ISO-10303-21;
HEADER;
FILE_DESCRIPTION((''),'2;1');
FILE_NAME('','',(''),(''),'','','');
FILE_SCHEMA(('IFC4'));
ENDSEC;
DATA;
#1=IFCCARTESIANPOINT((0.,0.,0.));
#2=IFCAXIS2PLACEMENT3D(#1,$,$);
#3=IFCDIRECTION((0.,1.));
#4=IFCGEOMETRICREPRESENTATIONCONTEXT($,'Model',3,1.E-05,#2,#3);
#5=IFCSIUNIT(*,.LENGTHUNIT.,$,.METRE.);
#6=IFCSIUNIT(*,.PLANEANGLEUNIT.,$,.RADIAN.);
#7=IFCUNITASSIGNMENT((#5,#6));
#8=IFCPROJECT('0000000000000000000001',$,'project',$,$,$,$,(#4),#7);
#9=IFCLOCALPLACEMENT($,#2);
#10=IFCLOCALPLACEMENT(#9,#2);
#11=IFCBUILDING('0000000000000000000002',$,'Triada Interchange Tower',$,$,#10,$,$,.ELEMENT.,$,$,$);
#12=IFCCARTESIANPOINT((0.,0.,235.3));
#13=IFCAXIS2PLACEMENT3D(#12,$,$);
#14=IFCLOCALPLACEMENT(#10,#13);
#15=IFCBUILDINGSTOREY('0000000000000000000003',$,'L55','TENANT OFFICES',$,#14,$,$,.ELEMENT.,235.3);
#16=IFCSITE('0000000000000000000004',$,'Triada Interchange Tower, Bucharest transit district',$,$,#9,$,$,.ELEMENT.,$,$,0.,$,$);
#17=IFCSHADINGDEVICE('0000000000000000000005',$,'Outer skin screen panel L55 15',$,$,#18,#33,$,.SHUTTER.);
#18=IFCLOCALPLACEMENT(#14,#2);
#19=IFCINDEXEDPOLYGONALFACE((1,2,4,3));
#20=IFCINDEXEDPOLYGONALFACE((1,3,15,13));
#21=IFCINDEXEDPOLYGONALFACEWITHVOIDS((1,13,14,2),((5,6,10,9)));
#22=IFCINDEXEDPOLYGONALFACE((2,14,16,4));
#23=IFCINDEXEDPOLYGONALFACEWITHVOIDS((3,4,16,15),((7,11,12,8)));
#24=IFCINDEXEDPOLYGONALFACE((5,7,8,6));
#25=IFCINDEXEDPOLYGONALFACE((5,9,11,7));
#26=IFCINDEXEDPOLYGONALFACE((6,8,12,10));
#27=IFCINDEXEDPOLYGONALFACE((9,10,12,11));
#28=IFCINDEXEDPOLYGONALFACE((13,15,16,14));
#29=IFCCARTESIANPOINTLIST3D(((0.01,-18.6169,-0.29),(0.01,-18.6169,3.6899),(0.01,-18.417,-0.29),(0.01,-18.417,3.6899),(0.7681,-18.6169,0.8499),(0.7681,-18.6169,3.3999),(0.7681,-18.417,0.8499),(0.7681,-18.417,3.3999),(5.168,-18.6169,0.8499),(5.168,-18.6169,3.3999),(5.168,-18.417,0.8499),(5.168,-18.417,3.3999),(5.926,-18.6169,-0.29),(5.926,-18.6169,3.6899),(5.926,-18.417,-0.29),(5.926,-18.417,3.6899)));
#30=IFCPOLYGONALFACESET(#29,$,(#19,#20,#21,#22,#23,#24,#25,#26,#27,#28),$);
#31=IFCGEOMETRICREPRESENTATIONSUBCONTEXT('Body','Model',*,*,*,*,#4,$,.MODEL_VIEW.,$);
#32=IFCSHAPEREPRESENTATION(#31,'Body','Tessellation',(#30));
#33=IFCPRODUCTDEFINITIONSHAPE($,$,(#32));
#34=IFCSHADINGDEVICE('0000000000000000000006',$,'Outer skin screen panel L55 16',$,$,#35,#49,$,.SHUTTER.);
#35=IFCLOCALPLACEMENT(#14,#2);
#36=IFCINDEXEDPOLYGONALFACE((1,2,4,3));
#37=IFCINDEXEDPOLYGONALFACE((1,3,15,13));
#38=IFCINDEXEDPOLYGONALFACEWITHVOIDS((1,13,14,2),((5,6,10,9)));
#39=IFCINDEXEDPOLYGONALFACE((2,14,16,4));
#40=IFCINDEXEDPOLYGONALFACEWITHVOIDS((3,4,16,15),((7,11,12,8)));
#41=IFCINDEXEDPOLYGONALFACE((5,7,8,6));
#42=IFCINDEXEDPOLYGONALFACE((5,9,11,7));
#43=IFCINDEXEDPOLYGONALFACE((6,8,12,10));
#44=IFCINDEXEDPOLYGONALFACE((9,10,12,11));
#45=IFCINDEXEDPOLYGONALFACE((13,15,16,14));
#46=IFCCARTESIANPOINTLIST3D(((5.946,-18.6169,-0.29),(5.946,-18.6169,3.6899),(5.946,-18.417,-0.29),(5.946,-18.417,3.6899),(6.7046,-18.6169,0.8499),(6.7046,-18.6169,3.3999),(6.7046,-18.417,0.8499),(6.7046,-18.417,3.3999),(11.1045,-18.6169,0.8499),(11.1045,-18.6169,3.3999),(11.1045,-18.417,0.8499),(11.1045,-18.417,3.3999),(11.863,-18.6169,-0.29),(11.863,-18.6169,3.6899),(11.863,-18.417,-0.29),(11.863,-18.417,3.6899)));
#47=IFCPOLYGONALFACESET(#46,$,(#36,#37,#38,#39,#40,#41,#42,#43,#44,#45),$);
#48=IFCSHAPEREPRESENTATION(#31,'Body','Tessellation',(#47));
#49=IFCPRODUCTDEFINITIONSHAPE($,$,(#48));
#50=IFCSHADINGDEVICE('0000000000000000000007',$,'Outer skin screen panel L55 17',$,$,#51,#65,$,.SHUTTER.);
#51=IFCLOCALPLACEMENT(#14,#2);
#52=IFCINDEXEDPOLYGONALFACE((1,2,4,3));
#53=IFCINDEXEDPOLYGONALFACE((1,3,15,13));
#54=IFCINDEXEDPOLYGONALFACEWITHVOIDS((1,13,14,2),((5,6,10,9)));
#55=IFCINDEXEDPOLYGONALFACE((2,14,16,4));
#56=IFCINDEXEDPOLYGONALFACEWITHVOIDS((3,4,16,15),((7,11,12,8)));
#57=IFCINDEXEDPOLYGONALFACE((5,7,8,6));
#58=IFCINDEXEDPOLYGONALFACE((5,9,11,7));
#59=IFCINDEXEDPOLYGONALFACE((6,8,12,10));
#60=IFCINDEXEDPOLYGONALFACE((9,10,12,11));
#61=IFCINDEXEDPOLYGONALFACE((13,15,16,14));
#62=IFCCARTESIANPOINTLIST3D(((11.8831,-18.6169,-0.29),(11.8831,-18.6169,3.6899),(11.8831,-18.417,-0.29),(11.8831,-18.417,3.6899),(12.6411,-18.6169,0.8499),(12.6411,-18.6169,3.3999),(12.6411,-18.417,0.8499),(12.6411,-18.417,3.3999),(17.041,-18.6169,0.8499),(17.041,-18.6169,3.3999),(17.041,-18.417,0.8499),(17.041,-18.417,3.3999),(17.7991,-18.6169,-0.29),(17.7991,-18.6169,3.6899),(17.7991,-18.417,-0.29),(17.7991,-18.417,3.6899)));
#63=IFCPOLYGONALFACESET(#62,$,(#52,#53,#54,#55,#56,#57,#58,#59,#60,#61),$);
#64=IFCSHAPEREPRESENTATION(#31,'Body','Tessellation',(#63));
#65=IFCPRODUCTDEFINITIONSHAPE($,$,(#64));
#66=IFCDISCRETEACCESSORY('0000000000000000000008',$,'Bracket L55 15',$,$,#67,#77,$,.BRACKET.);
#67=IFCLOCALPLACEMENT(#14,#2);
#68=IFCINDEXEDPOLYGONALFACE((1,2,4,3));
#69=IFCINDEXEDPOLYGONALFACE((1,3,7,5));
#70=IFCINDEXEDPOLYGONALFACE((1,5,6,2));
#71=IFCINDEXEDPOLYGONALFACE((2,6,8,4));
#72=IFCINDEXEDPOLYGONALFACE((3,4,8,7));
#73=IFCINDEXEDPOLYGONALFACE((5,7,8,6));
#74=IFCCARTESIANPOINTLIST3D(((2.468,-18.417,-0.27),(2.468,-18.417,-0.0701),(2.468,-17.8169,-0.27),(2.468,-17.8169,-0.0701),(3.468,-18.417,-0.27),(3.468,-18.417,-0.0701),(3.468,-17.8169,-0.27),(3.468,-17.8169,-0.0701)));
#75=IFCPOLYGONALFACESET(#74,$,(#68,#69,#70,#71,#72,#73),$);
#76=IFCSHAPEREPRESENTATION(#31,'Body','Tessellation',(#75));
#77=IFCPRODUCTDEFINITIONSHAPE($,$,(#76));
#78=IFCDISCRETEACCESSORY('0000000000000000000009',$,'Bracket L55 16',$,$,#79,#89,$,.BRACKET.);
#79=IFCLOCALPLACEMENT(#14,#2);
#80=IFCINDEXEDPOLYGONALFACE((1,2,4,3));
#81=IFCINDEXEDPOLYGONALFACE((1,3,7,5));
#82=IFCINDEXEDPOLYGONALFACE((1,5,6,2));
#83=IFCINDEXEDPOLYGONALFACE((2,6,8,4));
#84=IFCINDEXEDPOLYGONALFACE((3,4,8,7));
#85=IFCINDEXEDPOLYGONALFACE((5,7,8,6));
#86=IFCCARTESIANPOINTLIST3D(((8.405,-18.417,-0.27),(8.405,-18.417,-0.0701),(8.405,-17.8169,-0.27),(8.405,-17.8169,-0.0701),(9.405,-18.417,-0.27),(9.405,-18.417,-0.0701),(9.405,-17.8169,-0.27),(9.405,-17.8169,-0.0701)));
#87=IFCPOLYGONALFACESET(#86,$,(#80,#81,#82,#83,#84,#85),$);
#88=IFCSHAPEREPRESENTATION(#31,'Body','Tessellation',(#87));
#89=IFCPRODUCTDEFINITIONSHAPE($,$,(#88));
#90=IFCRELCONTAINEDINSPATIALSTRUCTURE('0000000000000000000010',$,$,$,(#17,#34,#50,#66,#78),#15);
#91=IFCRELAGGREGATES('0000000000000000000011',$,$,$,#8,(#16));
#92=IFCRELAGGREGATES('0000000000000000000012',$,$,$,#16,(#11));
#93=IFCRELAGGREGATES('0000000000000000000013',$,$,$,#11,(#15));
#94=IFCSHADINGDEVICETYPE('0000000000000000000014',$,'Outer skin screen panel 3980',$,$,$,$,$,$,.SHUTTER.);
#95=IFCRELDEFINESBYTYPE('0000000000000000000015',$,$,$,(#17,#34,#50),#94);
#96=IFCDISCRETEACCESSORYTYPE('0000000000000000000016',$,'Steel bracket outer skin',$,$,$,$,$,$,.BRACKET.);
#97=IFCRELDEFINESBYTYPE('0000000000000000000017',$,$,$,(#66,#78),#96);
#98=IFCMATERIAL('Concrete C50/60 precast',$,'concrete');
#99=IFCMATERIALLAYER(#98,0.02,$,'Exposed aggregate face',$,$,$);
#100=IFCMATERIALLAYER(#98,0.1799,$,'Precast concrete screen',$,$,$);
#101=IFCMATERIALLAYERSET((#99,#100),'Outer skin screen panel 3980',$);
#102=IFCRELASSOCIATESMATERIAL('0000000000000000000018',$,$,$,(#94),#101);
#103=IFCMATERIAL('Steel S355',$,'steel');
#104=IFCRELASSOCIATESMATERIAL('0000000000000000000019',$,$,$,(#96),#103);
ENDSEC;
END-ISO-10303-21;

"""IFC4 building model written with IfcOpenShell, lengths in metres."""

from ifc_helpers import new_model, si_unit, direction, frame, origin, origin_2d, place, context, subcontext, project, spatial, polyline, rectangle, outline, extrude, material, layer, layer_set, type_object, element, save


model = new_model("IFC4")

# Units and contexts
model_context = context("Model", 3, precision=1e-05, world=origin(), true_north=direction((0.0, 1.0)))
body_context = subcontext(model_context, "Body", "Model", "MODEL_VIEW")
ifc_project = project(units=[si_unit("LENGTHUNIT", "METRE"), si_unit("PLANEANGLEUNIT", "RADIAN")], contexts=[model_context])

# Site, building, storey
site_placement = place(None, origin())
site = spatial("IfcSite", under=ifc_project, at=site_placement, Name="Triada Interchange Tower, Bucharest transit district", CompositionType="ELEMENT", RefElevation=0.0)
building_placement = place(site_placement, origin())
building = spatial("IfcBuilding", under=site, at=building_placement, Name="Triada Interchange Tower", CompositionType="ELEMENT")
storey_placement = place(building_placement, frame((0.0, 0.0, 235.3)))
storey = spatial("IfcBuildingStorey", under=building, at=storey_placement, Name="L55", Description="TENANT OFFICES", CompositionType="ELEMENT", Elevation=235.3)

# Shading devices
ifc_material_1 = material(Name="Concrete C50/60 precast", Category="concrete")
ifc_layer_1 = layer(ifc_material_1, 0.02, Name="Exposed aggregate face")
ifc_layer_2 = layer(ifc_material_1, 0.1799, Name="Precast concrete screen")
ifc_layer_set_1 = layer_set([ifc_layer_1, ifc_layer_2], Name="Outer skin screen panel 3980")
shading_device_type = type_object("IfcShadingDeviceType", Name="Outer skin screen panel 3980", PredefinedType="SHUTTER", material=ifc_layer_set_1)
shading_device_1_placement = place(storey_placement, frame((0.01, -18.417, -0.29), z_axis=(0.0, 0.0, 1.0), x_axis=(1.0, 0.0, 0.0)))
element("IfcShadingDevice", 1, at=shading_device_1_placement, inside=storey, type_object=shading_device_type, Name="Outer skin screen panel L55 15", PredefinedType="SHUTTER", context=body_context, shape_type="SweptSolid", body=[
    extrude(outline(polyline([(0.0, 0.0), (5.916, 0.0), (5.916, 3.98), (0.0, 3.98), (0.0, 0.0)]), holes=[polyline([(0.7581, 1.1399), (0.7581, 3.6899), (5.158, 3.6899), (5.158, 1.1399), (0.7581, 1.1399)])]), frame((0.0, 0.0, 0.0), z_axis=(0.0, -1.0, 0.0), x_axis=(1.0, 0.0, 0.0)), (0.0, 0.0, 1.0), 0.2),
])
shading_device_2_placement = place(storey_placement, frame((5.946, -18.417, -0.29), z_axis=(0.0, 0.0, 1.0), x_axis=(1.0, 0.0, 0.0)))
element("IfcShadingDevice", 2, at=shading_device_2_placement, inside=storey, type_object=shading_device_type, Name="Outer skin screen panel L55 16", PredefinedType="SHUTTER", context=body_context, shape_type="SweptSolid", body=[
    extrude(outline(polyline([(0.0, 0.0), (5.917, 0.0), (5.917, 3.98), (0.0, 3.98), (0.0, 0.0)]), holes=[polyline([(0.7585, 1.1399), (0.7585, 3.6899), (5.1584, 3.6899), (5.1584, 1.1399), (0.7585, 1.1399)])]), frame((0.0, 0.0, 0.0), z_axis=(0.0, -1.0, 0.0), x_axis=(1.0, 0.0, 0.0)), (0.0, 0.0, 1.0), 0.2),
])
shading_device_3_placement = place(storey_placement, frame((11.8831, -18.417, -0.29), z_axis=(0.0, 0.0, 1.0), x_axis=(1.0, 0.0, 0.0)))
element("IfcShadingDevice", 3, at=shading_device_3_placement, inside=storey, type_object=shading_device_type, Name="Outer skin screen panel L55 17", PredefinedType="SHUTTER", context=body_context, shape_type="SweptSolid", body=[
    extrude(outline(polyline([(0.0, 0.0), (5.916, 0.0), (5.916, 3.98), (0.0, 3.98), (0.0, 0.0)]), holes=[polyline([(0.7581, 1.1399), (0.7581, 3.6899), (5.158, 3.6899), (5.158, 1.1399), (0.7581, 1.1399)])]), frame((0.0, 0.0, 0.0), z_axis=(0.0, -1.0, 0.0), x_axis=(1.0, 0.0, 0.0)), (0.0, 0.0, 1.0), 0.2),
])

# Discrete accessories
ifc_material_2 = material(Name="Steel S355", Category="steel")
discrete_accessory_type = type_object("IfcDiscreteAccessoryType", Name="Steel bracket outer skin", PredefinedType="BRACKET", material=ifc_material_2)
for number, where, z_axis, x_axis, name in (
    (4, (2.968, -18.1169, -0.27), (0.0, 0.0, 1.0), (0.0, -1.0, 0.0), "Bracket L55 15"),
    (5, (8.905, -18.1169, -0.27), (0.0, 0.0, 1.0), (0.0, -1.0, 0.0), "Bracket L55 16"),
):
    element("IfcDiscreteAccessory", number, at=place(storey_placement, frame(where, z_axis=z_axis, x_axis=x_axis)), inside=storey, type_object=discrete_accessory_type, Name=name, PredefinedType="BRACKET", context=body_context, shape_type="SweptSolid", body=[
        extrude(rectangle(XDim=0.6001, YDim=1.0, at=origin_2d()), origin(), (0.0, 0.0, 1.0), 0.2),
    ])

save(model, "model.ifc")
